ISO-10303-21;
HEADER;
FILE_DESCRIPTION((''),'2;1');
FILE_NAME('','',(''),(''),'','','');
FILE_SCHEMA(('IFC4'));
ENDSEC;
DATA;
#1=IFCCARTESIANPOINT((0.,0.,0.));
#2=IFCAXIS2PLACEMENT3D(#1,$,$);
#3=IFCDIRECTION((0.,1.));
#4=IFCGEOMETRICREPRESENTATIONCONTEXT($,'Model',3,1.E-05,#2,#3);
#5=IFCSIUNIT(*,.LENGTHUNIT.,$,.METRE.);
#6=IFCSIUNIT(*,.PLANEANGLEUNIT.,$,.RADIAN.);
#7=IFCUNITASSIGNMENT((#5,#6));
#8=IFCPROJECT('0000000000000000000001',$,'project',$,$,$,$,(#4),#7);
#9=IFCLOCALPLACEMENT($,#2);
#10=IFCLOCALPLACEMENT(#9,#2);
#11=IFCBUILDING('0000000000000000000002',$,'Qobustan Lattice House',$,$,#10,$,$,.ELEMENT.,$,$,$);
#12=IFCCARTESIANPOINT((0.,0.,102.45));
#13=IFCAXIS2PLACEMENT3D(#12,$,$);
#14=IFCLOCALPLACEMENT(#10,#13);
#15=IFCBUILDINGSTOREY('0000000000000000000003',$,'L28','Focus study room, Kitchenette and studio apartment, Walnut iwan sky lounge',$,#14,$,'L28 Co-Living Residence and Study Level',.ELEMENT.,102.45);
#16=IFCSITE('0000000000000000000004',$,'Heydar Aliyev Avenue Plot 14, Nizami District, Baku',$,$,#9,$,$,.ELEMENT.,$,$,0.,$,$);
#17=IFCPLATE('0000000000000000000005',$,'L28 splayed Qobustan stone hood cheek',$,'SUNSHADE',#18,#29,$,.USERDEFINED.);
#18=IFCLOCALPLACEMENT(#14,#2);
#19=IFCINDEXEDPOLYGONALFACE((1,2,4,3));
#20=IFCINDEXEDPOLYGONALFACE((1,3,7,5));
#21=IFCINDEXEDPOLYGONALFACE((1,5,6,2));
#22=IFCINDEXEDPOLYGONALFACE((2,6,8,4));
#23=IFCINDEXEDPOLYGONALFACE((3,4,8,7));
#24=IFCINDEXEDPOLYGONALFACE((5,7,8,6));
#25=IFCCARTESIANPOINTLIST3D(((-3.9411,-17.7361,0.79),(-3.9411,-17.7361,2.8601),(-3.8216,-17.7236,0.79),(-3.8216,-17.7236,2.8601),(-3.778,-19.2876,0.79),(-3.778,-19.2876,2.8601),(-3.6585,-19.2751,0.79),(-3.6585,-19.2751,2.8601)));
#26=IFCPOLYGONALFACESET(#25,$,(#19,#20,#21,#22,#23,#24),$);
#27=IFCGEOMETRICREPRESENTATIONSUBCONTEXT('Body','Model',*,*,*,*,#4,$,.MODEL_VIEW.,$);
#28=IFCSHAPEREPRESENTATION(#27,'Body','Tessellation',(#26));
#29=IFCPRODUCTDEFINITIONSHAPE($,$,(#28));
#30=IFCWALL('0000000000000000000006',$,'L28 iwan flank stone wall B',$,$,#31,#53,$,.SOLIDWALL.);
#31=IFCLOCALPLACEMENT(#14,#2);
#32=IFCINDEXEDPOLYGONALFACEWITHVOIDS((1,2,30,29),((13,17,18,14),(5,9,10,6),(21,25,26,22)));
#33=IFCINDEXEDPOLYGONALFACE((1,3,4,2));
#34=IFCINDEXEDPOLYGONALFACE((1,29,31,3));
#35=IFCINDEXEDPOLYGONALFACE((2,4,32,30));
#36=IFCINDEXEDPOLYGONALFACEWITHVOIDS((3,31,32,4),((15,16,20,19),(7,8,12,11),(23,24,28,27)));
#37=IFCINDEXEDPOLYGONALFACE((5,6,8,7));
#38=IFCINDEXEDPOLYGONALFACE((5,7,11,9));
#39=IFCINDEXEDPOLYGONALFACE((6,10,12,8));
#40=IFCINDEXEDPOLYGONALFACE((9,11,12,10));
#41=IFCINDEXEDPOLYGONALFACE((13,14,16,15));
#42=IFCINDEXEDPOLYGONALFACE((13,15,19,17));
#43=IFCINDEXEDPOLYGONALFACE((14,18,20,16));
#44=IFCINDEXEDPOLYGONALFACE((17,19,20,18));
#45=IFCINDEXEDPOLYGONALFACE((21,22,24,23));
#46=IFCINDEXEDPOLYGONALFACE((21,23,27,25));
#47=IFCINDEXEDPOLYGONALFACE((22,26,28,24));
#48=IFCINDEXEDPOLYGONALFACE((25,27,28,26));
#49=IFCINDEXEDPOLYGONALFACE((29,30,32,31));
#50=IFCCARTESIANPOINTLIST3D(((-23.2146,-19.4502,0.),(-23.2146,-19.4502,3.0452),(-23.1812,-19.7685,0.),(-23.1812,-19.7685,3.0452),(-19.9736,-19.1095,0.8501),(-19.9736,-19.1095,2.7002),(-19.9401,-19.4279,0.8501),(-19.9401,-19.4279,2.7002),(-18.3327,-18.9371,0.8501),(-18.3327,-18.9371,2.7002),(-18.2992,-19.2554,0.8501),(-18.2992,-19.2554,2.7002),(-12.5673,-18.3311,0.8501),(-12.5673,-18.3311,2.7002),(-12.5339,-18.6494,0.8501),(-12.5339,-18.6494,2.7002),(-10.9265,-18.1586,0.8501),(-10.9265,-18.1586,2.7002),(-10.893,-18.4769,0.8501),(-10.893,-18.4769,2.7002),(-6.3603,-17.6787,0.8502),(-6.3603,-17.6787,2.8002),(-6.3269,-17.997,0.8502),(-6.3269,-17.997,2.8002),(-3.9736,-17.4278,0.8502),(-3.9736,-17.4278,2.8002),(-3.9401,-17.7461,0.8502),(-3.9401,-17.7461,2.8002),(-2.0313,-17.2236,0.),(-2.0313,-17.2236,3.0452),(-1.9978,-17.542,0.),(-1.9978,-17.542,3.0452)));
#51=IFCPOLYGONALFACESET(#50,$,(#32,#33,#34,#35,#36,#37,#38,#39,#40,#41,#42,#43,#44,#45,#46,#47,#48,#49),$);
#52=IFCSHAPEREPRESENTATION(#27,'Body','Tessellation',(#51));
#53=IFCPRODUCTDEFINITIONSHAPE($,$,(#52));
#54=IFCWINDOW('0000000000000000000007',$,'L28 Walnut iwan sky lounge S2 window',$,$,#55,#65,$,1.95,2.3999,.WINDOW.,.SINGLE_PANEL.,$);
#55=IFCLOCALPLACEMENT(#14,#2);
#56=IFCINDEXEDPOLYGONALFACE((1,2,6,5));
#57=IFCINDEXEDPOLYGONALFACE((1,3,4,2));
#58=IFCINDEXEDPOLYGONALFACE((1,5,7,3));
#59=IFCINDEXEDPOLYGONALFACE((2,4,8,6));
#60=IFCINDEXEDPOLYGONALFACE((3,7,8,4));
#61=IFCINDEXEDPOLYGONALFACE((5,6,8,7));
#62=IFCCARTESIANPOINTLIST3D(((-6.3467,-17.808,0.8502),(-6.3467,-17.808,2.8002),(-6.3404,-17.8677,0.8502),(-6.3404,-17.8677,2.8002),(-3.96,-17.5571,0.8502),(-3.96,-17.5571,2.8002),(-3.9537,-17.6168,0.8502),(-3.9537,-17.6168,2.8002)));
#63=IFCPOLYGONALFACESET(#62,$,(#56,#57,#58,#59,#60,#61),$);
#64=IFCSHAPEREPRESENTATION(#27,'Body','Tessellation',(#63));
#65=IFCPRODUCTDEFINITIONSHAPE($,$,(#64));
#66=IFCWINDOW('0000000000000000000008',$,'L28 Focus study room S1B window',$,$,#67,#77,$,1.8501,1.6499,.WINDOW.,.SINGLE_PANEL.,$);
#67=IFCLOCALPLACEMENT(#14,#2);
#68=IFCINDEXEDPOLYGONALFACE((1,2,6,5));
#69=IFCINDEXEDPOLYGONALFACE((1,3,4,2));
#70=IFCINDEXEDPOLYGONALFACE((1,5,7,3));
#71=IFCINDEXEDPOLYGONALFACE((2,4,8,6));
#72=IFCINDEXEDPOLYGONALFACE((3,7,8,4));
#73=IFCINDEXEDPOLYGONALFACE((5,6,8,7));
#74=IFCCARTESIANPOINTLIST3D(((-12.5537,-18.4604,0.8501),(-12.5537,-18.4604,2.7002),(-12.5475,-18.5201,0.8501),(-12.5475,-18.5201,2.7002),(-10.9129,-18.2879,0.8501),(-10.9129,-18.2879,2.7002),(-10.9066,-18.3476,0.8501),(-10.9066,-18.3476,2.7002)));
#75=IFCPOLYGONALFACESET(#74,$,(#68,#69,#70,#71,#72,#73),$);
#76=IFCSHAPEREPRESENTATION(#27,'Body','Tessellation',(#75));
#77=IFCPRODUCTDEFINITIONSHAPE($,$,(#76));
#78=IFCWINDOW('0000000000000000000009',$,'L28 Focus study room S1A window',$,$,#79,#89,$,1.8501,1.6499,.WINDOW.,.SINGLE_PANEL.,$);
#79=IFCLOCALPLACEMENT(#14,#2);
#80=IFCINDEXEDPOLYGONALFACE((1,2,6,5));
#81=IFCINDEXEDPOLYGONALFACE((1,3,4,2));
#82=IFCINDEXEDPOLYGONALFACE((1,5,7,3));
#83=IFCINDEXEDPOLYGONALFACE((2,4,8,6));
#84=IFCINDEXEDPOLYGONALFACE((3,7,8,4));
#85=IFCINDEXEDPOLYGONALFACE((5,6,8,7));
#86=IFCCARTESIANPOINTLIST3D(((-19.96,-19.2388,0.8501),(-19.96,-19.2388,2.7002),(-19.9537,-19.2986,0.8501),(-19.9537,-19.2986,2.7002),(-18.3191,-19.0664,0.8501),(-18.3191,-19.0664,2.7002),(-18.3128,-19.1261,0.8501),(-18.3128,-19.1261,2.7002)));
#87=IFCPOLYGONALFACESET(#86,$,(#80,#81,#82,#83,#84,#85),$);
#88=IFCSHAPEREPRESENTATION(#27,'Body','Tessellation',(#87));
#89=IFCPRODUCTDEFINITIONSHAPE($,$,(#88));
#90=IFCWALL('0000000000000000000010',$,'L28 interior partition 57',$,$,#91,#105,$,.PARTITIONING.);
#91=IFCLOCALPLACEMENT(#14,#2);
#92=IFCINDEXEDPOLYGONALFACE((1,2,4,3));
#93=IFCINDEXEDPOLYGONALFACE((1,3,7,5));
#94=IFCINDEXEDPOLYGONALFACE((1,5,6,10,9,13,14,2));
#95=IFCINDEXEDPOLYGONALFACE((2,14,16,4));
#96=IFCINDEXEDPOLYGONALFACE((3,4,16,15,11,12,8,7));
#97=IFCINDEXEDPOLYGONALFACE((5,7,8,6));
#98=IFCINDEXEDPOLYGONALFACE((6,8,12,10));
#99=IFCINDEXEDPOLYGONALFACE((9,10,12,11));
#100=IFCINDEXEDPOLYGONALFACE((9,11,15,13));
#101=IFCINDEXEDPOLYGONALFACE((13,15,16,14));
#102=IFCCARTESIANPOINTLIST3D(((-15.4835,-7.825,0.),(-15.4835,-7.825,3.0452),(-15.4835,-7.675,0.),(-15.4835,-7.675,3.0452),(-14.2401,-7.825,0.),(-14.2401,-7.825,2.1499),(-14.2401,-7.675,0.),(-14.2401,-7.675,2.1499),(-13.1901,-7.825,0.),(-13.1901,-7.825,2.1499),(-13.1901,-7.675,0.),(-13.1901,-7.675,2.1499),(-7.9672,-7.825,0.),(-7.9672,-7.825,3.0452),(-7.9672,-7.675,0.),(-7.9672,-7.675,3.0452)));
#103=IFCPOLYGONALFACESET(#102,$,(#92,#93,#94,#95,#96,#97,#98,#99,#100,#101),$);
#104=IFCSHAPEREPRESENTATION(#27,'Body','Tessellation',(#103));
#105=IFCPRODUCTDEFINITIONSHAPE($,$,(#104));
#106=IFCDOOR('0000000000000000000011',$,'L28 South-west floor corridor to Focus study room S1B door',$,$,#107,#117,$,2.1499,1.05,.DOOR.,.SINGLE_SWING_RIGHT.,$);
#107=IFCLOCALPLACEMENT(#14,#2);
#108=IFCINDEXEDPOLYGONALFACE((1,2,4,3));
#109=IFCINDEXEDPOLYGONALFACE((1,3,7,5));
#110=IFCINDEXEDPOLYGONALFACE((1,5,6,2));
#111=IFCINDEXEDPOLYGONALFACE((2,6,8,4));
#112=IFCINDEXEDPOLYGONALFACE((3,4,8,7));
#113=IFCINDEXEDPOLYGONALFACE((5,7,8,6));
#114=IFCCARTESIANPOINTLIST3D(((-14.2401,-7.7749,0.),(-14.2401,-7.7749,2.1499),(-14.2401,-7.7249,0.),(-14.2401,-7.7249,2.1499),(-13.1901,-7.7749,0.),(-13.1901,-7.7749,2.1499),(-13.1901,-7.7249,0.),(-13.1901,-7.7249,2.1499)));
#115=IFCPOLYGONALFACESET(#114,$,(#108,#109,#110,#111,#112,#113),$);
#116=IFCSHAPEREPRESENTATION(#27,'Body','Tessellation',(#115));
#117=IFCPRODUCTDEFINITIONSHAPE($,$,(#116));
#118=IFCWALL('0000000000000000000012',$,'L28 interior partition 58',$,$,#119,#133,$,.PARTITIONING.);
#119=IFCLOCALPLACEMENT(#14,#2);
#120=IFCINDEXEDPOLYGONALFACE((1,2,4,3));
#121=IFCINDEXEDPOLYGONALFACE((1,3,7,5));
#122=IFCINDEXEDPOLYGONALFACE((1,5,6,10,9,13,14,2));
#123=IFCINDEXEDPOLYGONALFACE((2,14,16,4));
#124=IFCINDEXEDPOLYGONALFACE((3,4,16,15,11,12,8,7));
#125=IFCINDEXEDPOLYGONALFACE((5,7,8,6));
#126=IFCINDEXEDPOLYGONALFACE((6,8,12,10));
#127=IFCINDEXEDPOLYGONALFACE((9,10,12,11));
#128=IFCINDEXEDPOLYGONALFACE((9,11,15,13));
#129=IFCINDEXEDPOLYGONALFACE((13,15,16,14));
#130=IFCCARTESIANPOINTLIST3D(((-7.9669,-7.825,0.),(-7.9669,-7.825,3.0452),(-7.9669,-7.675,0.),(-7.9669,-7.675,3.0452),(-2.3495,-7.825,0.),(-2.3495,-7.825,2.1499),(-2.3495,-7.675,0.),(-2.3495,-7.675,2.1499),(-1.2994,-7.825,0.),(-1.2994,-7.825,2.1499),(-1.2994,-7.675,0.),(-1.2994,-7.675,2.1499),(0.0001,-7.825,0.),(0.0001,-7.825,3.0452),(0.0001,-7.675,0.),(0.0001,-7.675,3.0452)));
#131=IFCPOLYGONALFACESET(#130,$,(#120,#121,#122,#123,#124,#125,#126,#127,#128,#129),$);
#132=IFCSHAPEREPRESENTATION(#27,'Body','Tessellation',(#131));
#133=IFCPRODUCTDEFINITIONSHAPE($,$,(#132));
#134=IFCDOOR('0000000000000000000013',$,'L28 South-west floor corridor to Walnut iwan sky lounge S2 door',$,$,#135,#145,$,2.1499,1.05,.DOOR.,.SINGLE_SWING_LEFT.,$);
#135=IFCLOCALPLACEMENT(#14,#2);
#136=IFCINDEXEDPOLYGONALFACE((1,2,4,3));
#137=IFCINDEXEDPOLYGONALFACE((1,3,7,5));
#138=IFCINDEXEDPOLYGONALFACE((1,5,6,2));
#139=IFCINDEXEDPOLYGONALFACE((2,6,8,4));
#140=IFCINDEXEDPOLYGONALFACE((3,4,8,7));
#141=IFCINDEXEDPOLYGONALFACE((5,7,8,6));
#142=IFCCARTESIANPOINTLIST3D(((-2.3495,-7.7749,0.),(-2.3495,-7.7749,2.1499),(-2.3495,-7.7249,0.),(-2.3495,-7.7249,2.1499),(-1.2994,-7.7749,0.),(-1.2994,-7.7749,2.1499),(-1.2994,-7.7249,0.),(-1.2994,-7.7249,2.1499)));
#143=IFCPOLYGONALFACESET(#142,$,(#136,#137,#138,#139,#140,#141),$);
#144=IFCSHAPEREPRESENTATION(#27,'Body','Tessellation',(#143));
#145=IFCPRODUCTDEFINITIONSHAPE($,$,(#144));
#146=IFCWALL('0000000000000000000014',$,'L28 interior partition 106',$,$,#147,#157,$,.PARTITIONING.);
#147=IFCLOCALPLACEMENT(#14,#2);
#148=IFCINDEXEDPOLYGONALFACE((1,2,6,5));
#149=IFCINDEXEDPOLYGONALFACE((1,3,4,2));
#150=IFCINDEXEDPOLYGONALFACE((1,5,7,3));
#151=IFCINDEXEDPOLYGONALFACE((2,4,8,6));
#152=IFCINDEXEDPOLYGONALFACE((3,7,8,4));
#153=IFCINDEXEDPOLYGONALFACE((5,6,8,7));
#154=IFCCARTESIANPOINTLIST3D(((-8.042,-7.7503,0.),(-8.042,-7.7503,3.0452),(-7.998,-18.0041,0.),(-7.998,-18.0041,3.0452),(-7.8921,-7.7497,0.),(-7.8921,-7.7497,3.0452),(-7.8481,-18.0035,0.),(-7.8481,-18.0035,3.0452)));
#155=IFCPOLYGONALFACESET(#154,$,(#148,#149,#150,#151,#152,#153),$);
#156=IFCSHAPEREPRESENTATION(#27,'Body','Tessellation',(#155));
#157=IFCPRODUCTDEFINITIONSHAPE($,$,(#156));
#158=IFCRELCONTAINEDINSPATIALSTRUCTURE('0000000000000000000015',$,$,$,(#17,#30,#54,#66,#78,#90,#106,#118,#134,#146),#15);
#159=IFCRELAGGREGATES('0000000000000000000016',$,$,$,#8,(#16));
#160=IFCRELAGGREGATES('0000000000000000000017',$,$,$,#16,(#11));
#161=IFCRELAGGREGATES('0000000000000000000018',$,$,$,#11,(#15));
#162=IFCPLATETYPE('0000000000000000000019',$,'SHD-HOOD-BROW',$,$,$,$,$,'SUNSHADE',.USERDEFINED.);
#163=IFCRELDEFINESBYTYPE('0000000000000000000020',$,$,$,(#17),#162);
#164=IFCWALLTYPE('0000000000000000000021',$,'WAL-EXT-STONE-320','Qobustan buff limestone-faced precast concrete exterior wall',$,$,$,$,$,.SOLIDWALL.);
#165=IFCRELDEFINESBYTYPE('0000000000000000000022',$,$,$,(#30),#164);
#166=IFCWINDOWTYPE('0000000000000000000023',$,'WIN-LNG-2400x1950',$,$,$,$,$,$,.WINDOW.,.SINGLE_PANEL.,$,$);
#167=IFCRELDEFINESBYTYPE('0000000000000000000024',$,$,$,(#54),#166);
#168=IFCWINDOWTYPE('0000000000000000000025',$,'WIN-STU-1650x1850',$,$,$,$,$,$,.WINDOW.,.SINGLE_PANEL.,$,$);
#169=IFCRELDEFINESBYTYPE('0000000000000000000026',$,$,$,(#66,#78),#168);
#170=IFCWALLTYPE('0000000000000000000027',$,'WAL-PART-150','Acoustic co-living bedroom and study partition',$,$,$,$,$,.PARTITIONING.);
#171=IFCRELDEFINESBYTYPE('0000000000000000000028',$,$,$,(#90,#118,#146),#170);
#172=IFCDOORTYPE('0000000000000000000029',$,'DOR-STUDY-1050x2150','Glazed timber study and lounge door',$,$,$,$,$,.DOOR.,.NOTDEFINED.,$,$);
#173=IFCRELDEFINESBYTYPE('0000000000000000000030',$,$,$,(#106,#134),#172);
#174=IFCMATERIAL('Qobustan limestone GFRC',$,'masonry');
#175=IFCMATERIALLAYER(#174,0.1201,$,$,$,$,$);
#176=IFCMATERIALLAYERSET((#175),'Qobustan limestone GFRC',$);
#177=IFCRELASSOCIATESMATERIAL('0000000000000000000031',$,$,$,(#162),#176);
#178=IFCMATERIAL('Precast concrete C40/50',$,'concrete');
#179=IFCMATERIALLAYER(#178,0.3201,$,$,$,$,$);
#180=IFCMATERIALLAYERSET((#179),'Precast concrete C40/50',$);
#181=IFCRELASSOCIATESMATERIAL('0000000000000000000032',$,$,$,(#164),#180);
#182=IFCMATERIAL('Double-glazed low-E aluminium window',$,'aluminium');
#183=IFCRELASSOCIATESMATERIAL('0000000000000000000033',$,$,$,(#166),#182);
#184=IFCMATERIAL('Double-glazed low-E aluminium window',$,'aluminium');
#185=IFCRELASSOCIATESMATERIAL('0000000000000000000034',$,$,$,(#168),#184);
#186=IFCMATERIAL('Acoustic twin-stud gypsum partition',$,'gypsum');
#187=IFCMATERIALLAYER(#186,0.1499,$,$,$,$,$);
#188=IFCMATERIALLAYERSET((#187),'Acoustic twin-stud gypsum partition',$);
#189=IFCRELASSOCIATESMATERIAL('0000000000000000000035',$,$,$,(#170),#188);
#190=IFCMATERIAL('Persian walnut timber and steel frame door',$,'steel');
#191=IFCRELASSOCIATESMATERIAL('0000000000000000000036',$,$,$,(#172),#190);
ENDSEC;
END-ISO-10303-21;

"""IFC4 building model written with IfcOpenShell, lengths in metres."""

from ifc_helpers import new_model, si_unit, direction, frame, frame_2d, origin, origin_2d, place, context, subcontext, project, spatial, rectangle, extrude, material, layer, layer_set, type_object, element, fill, save


model = new_model("IFC4")

# Units and contexts
model_context = context("Model", 3, precision=1e-05, world=origin(), true_north=direction((0.0, 1.0)))
body_context = subcontext(model_context, "Body", "Model", "MODEL_VIEW")
ifc_project = project(units=[si_unit("LENGTHUNIT", "METRE"), si_unit("PLANEANGLEUNIT", "RADIAN")], contexts=[model_context])

# Site, building, storey
site_placement = place(None, origin())
site = spatial("IfcSite", under=ifc_project, at=site_placement, Name="Heydar Aliyev Avenue Plot 14, Nizami District, Baku", CompositionType="ELEMENT", RefElevation=0.0)
building_placement = place(site_placement, origin())
building = spatial("IfcBuilding", under=site, at=building_placement, Name="Qobustan Lattice House", CompositionType="ELEMENT")
storey_placement = place(building_placement, frame((0.0, 0.0, 102.45)))
storey = spatial("IfcBuildingStorey", under=building, at=storey_placement, Name="L28", Description="Focus study room, Kitchenette and studio apartment, Walnut iwan sky lounge", LongName="L28 Co-Living Residence and Study Level", CompositionType="ELEMENT", Elevation=102.45)

# Plate
ifc_material_1 = material(Name="Qobustan limestone GFRC", Category="masonry")
ifc_layer_1 = layer(ifc_material_1, 0.1201)
ifc_layer_set_1 = layer_set([ifc_layer_1], Name="Qobustan limestone GFRC")
plate_type_1 = type_object("IfcPlateType", Name="SHD-HOOD-BROW", ElementType="SUNSHADE", PredefinedType="USERDEFINED", material=ifc_layer_set_1)
plate_1_placement = place(storey_placement, frame((-3.7998, -18.5056, 0.79), z_axis=(0.0, 0.0, 1.0), x_axis=(-0.994522, -0.104528, 0.0)))
element("IfcPlate", 1, at=plate_1_placement, inside=storey, type_object=plate_type_1, Name="L28 splayed Qobustan stone hood cheek", ObjectType="SUNSHADE", PredefinedType="USERDEFINED", context=body_context, shape_type="SweptSolid", body=[
    extrude(rectangle(XDim=0.1201, YDim=1.5601, at=origin_2d()), origin(), (0.0, 0.0, 1.0), 2.0701),
])

# Wall, openings, windows
ifc_material_2 = material(Name="Precast concrete C40/50", Category="concrete")
ifc_layer_2 = layer(ifc_material_2, 0.3201)
ifc_layer_set_2 = layer_set([ifc_layer_2], Name="Precast concrete C40/50")
wall_type_1 = type_object("IfcWallType", Name="WAL-EXT-STONE-320", Description="Qobustan buff limestone-faced precast concrete exterior wall", PredefinedType="SOLIDWALL", material=ifc_layer_set_2)
wall_1_placement = place(storey_placement, frame((-2.0146, -17.3828, 0.0), z_axis=(0.0, 0.0, 1.0), x_axis=(-0.994521, -0.104533, 0.0)))
wall_1 = element("IfcWall", 2, at=wall_1_placement, inside=storey, type_object=wall_type_1, Name="L28 iwan flank stone wall B", PredefinedType="SOLIDWALL", context=body_context, shape_type="SweptSolid", body=[
    extrude(rectangle(XDim=21.3, YDim=0.3201, at=frame_2d((10.6499, 0.0))), origin(), (0.0, 0.0, 1.0), 3.0452),
])
opening_1_placement = place(wall_1_placement, frame((1.9529, 0.0, 0.8501)))
opening_1 = element("IfcOpeningElement", 3, at=opening_1_placement, cuts=wall_1, PredefinedType="OPENING", context=body_context, shape_type="SweptSolid", body=[
    extrude(rectangle(XDim=2.3999, YDim=1.95, at=frame_2d((1.2, 0.9751))), frame((0.0, 0.1699, 0.0), z_axis=(0.0, -1.0, 0.0), x_axis=(1.0, 0.0, 0.0)), (0.0, 0.0, 1.0), 0.3401),
])
opening_2_placement = place(wall_1_placement, frame((8.9441, 0.0, 0.8501)))
opening_2 = element("IfcOpeningElement", 4, at=opening_2_placement, cuts=wall_1, PredefinedType="OPENING", context=body_context, shape_type="SweptSolid", body=[
    extrude(rectangle(XDim=1.6499, YDim=1.8501, at=frame_2d((0.825, 0.925))), frame((0.0, 0.1699, 0.0), z_axis=(0.0, -1.0, 0.0), x_axis=(1.0, 0.0, 0.0)), (0.0, 0.0, 1.0), 0.3401),
])
opening_3_placement = place(wall_1_placement, frame((16.3911, 0.0, 0.8501)))
opening_3 = element("IfcOpeningElement", 5, at=opening_3_placement, cuts=wall_1, PredefinedType="OPENING", context=body_context, shape_type="SweptSolid", body=[
    extrude(rectangle(XDim=1.6499, YDim=1.8501, at=frame_2d((0.825, 0.925))), frame((0.0, 0.1699, 0.0), z_axis=(0.0, -1.0, 0.0), x_axis=(1.0, 0.0, 0.0)), (0.0, 0.0, 1.0), 0.3401),
])
ifc_material_3 = material(Name="Double-glazed low-E aluminium window", Category="aluminium")
window_type_1 = type_object("IfcWindowType", Name="WIN-LNG-2400x1950", PartitioningType="SINGLE_PANEL", PredefinedType="WINDOW", material=ifc_material_3)
window_1_placement = place(opening_1_placement, origin())
window_1 = element("IfcWindow", 6, at=window_1_placement, inside=storey, type_object=window_type_1, Name="L28 Walnut iwan sky lounge S2 window", OverallHeight=1.95, OverallWidth=2.3999, PartitioningType="SINGLE_PANEL", PredefinedType="WINDOW", context=body_context, shape_type="SweptSolid", body=[
    extrude(rectangle(XDim=2.3999, YDim=1.95, at=frame_2d((1.2, 0.9751))), frame((0.0, 0.03, 0.0), z_axis=(0.0, -1.0, 0.0), x_axis=(1.0, 0.0, 0.0)), (0.0, 0.0, 1.0), 0.0601),
])
fill(opening_1, window_1)
ifc_material_4 = material(Name="Double-glazed low-E aluminium window", Category="aluminium")
window_type_2 = type_object("IfcWindowType", Name="WIN-STU-1650x1850", PartitioningType="SINGLE_PANEL", PredefinedType="WINDOW", material=ifc_material_4)
window_2_placement = place(opening_2_placement, origin())
window_2 = element("IfcWindow", 7, at=window_2_placement, inside=storey, type_object=window_type_2, Name="L28 Focus study room S1B window", OverallHeight=1.8501, OverallWidth=1.6499, PartitioningType="SINGLE_PANEL", PredefinedType="WINDOW", context=body_context, shape_type="SweptSolid", body=[
    extrude(rectangle(XDim=1.6499, YDim=1.8501, at=frame_2d((0.825, 0.925))), frame((0.0, 0.03, 0.0), z_axis=(0.0, -1.0, 0.0), x_axis=(1.0, 0.0, 0.0)), (0.0, 0.0, 1.0), 0.0601),
])
fill(opening_2, window_2)
window_3_placement = place(opening_3_placement, origin())
window_3 = element("IfcWindow", 8, at=window_3_placement, inside=storey, type_object=window_type_2, Name="L28 Focus study room S1A window", OverallHeight=1.8501, OverallWidth=1.6499, PartitioningType="SINGLE_PANEL", PredefinedType="WINDOW", context=body_context, shape_type="SweptSolid", body=[
    extrude(rectangle(XDim=1.6499, YDim=1.8501, at=frame_2d((0.825, 0.925))), frame((0.0, 0.03, 0.0), z_axis=(0.0, -1.0, 0.0), x_axis=(1.0, 0.0, 0.0)), (0.0, 0.0, 1.0), 0.0601),
])
fill(opening_3, window_3)

# Walls, openings, doors
ifc_material_5 = material(Name="Acoustic twin-stud gypsum partition", Category="gypsum")
ifc_layer_3 = layer(ifc_material_5, 0.1499)
ifc_layer_set_3 = layer_set([ifc_layer_3], Name="Acoustic twin-stud gypsum partition")
wall_type_2 = type_object("IfcWallType", Name="WAL-PART-150", Description="Acoustic co-living bedroom and study partition", PredefinedType="PARTITIONING", material=ifc_layer_set_3)
wall_2_placement = place(storey_placement, frame((-7.967, -7.75, 0.0), z_axis=(0.0, 0.0, 1.0), x_axis=(-1.0, 0.0, 0.0)))
wall_2 = element("IfcWall", 9, at=wall_2_placement, inside=storey, type_object=wall_type_2, Name="L28 interior partition 57", PredefinedType="PARTITIONING", context=body_context, shape_type="SweptSolid", body=[
    extrude(rectangle(XDim=7.5164, YDim=0.1499, at=frame_2d((3.7583, 0.0))), origin(), (0.0, 0.0, 1.0), 3.0452),
])
opening_4_placement = place(wall_2_placement, frame((5.2231, 0.0, 0.0)))
opening_4 = element("IfcOpeningElement", 10, at=opening_4_placement, cuts=wall_2, PredefinedType="OPENING", context=body_context, shape_type="SweptSolid", body=[
    extrude(rectangle(XDim=1.05, YDim=2.1499, at=frame_2d((0.5249, 1.075))), frame((0.0, 0.085, 0.0), z_axis=(0.0, -1.0, 0.0), x_axis=(1.0, 0.0, 0.0)), (0.0, 0.0, 1.0), 0.1699),
])
ifc_material_6 = material(Name="Persian walnut timber and steel frame door", Category="steel")
door_type = type_object("IfcDoorType", Name="DOR-STUDY-1050x2150", Description="Glazed timber study and lounge door", OperationType="NOTDEFINED", PredefinedType="DOOR", material=ifc_material_6)
door_1_placement = place(opening_4_placement, origin())
door_1 = element("IfcDoor", 11, at=door_1_placement, inside=storey, type_object=door_type, Name="L28 South-west floor corridor to Focus study room S1B door", OperationType="SINGLE_SWING_RIGHT", OverallHeight=2.1499, OverallWidth=1.05, PredefinedType="DOOR", context=body_context, shape_type="SweptSolid", body=[
    extrude(rectangle(XDim=1.05, YDim=2.1499, at=frame_2d((0.5249, 1.075))), frame((0.0, 0.0249, 0.0), z_axis=(0.0, -1.0, 0.0), x_axis=(1.0, 0.0, 0.0)), (0.0, 0.0, 1.0), 0.05),
])
fill(opening_4, door_1)
wall_3_placement = place(storey_placement, frame((0.0, -7.75, 0.0), z_axis=(0.0, 0.0, 1.0), x_axis=(-1.0, 0.0, 0.0)))
wall_3 = element("IfcWall", 12, at=wall_3_placement, inside=storey, type_object=wall_type_2, Name="L28 interior partition 58", PredefinedType="PARTITIONING", context=body_context, shape_type="SweptSolid", body=[
    extrude(rectangle(XDim=7.967, YDim=0.1499, at=frame_2d((3.9834, 0.0))), origin(), (0.0, 0.0, 1.0), 3.0452),
])
opening_5_placement = place(wall_3_placement, frame((1.2996, 0.0, 0.0)))
opening_5 = element("IfcOpeningElement", 13, at=opening_5_placement, cuts=wall_3, PredefinedType="OPENING", context=body_context, shape_type="SweptSolid", body=[
    extrude(rectangle(XDim=1.05, YDim=2.1499, at=frame_2d((0.5249, 1.075))), frame((0.0, 0.085, 0.0), z_axis=(0.0, -1.0, 0.0), x_axis=(1.0, 0.0, 0.0)), (0.0, 0.0, 1.0), 0.1699),
])
door_2_placement = place(opening_5_placement, origin())
door_2 = element("IfcDoor", 14, at=door_2_placement, inside=storey, type_object=door_type, Name="L28 South-west floor corridor to Walnut iwan sky lounge S2 door", OperationType="SINGLE_SWING_LEFT", OverallHeight=2.1499, OverallWidth=1.05, PredefinedType="DOOR", context=body_context, shape_type="SweptSolid", body=[
    extrude(rectangle(XDim=1.05, YDim=2.1499, at=frame_2d((0.5249, 1.075))), frame((0.0, 0.0249, 0.0), z_axis=(0.0, -1.0, 0.0), x_axis=(1.0, 0.0, 0.0)), (0.0, 0.0, 1.0), 0.05),
])
fill(opening_5, door_2)

# Wall
wall_4_placement = place(storey_placement, frame((-7.967, -7.75, 0.0), z_axis=(0.0, 0.0, 1.0), x_axis=(0.004286, -0.999991, 0.0)))
element("IfcWall", 15, at=wall_4_placement, inside=storey, type_object=wall_type_2, Name="L28 interior partition 106", PredefinedType="PARTITIONING", context=body_context, shape_type="SweptSolid", body=[
    extrude(rectangle(XDim=10.2539, YDim=0.1499, at=frame_2d((5.127, 0.0))), origin(), (0.0, 0.0, 1.0), 3.0452),
])

save(model, "model.ifc")
